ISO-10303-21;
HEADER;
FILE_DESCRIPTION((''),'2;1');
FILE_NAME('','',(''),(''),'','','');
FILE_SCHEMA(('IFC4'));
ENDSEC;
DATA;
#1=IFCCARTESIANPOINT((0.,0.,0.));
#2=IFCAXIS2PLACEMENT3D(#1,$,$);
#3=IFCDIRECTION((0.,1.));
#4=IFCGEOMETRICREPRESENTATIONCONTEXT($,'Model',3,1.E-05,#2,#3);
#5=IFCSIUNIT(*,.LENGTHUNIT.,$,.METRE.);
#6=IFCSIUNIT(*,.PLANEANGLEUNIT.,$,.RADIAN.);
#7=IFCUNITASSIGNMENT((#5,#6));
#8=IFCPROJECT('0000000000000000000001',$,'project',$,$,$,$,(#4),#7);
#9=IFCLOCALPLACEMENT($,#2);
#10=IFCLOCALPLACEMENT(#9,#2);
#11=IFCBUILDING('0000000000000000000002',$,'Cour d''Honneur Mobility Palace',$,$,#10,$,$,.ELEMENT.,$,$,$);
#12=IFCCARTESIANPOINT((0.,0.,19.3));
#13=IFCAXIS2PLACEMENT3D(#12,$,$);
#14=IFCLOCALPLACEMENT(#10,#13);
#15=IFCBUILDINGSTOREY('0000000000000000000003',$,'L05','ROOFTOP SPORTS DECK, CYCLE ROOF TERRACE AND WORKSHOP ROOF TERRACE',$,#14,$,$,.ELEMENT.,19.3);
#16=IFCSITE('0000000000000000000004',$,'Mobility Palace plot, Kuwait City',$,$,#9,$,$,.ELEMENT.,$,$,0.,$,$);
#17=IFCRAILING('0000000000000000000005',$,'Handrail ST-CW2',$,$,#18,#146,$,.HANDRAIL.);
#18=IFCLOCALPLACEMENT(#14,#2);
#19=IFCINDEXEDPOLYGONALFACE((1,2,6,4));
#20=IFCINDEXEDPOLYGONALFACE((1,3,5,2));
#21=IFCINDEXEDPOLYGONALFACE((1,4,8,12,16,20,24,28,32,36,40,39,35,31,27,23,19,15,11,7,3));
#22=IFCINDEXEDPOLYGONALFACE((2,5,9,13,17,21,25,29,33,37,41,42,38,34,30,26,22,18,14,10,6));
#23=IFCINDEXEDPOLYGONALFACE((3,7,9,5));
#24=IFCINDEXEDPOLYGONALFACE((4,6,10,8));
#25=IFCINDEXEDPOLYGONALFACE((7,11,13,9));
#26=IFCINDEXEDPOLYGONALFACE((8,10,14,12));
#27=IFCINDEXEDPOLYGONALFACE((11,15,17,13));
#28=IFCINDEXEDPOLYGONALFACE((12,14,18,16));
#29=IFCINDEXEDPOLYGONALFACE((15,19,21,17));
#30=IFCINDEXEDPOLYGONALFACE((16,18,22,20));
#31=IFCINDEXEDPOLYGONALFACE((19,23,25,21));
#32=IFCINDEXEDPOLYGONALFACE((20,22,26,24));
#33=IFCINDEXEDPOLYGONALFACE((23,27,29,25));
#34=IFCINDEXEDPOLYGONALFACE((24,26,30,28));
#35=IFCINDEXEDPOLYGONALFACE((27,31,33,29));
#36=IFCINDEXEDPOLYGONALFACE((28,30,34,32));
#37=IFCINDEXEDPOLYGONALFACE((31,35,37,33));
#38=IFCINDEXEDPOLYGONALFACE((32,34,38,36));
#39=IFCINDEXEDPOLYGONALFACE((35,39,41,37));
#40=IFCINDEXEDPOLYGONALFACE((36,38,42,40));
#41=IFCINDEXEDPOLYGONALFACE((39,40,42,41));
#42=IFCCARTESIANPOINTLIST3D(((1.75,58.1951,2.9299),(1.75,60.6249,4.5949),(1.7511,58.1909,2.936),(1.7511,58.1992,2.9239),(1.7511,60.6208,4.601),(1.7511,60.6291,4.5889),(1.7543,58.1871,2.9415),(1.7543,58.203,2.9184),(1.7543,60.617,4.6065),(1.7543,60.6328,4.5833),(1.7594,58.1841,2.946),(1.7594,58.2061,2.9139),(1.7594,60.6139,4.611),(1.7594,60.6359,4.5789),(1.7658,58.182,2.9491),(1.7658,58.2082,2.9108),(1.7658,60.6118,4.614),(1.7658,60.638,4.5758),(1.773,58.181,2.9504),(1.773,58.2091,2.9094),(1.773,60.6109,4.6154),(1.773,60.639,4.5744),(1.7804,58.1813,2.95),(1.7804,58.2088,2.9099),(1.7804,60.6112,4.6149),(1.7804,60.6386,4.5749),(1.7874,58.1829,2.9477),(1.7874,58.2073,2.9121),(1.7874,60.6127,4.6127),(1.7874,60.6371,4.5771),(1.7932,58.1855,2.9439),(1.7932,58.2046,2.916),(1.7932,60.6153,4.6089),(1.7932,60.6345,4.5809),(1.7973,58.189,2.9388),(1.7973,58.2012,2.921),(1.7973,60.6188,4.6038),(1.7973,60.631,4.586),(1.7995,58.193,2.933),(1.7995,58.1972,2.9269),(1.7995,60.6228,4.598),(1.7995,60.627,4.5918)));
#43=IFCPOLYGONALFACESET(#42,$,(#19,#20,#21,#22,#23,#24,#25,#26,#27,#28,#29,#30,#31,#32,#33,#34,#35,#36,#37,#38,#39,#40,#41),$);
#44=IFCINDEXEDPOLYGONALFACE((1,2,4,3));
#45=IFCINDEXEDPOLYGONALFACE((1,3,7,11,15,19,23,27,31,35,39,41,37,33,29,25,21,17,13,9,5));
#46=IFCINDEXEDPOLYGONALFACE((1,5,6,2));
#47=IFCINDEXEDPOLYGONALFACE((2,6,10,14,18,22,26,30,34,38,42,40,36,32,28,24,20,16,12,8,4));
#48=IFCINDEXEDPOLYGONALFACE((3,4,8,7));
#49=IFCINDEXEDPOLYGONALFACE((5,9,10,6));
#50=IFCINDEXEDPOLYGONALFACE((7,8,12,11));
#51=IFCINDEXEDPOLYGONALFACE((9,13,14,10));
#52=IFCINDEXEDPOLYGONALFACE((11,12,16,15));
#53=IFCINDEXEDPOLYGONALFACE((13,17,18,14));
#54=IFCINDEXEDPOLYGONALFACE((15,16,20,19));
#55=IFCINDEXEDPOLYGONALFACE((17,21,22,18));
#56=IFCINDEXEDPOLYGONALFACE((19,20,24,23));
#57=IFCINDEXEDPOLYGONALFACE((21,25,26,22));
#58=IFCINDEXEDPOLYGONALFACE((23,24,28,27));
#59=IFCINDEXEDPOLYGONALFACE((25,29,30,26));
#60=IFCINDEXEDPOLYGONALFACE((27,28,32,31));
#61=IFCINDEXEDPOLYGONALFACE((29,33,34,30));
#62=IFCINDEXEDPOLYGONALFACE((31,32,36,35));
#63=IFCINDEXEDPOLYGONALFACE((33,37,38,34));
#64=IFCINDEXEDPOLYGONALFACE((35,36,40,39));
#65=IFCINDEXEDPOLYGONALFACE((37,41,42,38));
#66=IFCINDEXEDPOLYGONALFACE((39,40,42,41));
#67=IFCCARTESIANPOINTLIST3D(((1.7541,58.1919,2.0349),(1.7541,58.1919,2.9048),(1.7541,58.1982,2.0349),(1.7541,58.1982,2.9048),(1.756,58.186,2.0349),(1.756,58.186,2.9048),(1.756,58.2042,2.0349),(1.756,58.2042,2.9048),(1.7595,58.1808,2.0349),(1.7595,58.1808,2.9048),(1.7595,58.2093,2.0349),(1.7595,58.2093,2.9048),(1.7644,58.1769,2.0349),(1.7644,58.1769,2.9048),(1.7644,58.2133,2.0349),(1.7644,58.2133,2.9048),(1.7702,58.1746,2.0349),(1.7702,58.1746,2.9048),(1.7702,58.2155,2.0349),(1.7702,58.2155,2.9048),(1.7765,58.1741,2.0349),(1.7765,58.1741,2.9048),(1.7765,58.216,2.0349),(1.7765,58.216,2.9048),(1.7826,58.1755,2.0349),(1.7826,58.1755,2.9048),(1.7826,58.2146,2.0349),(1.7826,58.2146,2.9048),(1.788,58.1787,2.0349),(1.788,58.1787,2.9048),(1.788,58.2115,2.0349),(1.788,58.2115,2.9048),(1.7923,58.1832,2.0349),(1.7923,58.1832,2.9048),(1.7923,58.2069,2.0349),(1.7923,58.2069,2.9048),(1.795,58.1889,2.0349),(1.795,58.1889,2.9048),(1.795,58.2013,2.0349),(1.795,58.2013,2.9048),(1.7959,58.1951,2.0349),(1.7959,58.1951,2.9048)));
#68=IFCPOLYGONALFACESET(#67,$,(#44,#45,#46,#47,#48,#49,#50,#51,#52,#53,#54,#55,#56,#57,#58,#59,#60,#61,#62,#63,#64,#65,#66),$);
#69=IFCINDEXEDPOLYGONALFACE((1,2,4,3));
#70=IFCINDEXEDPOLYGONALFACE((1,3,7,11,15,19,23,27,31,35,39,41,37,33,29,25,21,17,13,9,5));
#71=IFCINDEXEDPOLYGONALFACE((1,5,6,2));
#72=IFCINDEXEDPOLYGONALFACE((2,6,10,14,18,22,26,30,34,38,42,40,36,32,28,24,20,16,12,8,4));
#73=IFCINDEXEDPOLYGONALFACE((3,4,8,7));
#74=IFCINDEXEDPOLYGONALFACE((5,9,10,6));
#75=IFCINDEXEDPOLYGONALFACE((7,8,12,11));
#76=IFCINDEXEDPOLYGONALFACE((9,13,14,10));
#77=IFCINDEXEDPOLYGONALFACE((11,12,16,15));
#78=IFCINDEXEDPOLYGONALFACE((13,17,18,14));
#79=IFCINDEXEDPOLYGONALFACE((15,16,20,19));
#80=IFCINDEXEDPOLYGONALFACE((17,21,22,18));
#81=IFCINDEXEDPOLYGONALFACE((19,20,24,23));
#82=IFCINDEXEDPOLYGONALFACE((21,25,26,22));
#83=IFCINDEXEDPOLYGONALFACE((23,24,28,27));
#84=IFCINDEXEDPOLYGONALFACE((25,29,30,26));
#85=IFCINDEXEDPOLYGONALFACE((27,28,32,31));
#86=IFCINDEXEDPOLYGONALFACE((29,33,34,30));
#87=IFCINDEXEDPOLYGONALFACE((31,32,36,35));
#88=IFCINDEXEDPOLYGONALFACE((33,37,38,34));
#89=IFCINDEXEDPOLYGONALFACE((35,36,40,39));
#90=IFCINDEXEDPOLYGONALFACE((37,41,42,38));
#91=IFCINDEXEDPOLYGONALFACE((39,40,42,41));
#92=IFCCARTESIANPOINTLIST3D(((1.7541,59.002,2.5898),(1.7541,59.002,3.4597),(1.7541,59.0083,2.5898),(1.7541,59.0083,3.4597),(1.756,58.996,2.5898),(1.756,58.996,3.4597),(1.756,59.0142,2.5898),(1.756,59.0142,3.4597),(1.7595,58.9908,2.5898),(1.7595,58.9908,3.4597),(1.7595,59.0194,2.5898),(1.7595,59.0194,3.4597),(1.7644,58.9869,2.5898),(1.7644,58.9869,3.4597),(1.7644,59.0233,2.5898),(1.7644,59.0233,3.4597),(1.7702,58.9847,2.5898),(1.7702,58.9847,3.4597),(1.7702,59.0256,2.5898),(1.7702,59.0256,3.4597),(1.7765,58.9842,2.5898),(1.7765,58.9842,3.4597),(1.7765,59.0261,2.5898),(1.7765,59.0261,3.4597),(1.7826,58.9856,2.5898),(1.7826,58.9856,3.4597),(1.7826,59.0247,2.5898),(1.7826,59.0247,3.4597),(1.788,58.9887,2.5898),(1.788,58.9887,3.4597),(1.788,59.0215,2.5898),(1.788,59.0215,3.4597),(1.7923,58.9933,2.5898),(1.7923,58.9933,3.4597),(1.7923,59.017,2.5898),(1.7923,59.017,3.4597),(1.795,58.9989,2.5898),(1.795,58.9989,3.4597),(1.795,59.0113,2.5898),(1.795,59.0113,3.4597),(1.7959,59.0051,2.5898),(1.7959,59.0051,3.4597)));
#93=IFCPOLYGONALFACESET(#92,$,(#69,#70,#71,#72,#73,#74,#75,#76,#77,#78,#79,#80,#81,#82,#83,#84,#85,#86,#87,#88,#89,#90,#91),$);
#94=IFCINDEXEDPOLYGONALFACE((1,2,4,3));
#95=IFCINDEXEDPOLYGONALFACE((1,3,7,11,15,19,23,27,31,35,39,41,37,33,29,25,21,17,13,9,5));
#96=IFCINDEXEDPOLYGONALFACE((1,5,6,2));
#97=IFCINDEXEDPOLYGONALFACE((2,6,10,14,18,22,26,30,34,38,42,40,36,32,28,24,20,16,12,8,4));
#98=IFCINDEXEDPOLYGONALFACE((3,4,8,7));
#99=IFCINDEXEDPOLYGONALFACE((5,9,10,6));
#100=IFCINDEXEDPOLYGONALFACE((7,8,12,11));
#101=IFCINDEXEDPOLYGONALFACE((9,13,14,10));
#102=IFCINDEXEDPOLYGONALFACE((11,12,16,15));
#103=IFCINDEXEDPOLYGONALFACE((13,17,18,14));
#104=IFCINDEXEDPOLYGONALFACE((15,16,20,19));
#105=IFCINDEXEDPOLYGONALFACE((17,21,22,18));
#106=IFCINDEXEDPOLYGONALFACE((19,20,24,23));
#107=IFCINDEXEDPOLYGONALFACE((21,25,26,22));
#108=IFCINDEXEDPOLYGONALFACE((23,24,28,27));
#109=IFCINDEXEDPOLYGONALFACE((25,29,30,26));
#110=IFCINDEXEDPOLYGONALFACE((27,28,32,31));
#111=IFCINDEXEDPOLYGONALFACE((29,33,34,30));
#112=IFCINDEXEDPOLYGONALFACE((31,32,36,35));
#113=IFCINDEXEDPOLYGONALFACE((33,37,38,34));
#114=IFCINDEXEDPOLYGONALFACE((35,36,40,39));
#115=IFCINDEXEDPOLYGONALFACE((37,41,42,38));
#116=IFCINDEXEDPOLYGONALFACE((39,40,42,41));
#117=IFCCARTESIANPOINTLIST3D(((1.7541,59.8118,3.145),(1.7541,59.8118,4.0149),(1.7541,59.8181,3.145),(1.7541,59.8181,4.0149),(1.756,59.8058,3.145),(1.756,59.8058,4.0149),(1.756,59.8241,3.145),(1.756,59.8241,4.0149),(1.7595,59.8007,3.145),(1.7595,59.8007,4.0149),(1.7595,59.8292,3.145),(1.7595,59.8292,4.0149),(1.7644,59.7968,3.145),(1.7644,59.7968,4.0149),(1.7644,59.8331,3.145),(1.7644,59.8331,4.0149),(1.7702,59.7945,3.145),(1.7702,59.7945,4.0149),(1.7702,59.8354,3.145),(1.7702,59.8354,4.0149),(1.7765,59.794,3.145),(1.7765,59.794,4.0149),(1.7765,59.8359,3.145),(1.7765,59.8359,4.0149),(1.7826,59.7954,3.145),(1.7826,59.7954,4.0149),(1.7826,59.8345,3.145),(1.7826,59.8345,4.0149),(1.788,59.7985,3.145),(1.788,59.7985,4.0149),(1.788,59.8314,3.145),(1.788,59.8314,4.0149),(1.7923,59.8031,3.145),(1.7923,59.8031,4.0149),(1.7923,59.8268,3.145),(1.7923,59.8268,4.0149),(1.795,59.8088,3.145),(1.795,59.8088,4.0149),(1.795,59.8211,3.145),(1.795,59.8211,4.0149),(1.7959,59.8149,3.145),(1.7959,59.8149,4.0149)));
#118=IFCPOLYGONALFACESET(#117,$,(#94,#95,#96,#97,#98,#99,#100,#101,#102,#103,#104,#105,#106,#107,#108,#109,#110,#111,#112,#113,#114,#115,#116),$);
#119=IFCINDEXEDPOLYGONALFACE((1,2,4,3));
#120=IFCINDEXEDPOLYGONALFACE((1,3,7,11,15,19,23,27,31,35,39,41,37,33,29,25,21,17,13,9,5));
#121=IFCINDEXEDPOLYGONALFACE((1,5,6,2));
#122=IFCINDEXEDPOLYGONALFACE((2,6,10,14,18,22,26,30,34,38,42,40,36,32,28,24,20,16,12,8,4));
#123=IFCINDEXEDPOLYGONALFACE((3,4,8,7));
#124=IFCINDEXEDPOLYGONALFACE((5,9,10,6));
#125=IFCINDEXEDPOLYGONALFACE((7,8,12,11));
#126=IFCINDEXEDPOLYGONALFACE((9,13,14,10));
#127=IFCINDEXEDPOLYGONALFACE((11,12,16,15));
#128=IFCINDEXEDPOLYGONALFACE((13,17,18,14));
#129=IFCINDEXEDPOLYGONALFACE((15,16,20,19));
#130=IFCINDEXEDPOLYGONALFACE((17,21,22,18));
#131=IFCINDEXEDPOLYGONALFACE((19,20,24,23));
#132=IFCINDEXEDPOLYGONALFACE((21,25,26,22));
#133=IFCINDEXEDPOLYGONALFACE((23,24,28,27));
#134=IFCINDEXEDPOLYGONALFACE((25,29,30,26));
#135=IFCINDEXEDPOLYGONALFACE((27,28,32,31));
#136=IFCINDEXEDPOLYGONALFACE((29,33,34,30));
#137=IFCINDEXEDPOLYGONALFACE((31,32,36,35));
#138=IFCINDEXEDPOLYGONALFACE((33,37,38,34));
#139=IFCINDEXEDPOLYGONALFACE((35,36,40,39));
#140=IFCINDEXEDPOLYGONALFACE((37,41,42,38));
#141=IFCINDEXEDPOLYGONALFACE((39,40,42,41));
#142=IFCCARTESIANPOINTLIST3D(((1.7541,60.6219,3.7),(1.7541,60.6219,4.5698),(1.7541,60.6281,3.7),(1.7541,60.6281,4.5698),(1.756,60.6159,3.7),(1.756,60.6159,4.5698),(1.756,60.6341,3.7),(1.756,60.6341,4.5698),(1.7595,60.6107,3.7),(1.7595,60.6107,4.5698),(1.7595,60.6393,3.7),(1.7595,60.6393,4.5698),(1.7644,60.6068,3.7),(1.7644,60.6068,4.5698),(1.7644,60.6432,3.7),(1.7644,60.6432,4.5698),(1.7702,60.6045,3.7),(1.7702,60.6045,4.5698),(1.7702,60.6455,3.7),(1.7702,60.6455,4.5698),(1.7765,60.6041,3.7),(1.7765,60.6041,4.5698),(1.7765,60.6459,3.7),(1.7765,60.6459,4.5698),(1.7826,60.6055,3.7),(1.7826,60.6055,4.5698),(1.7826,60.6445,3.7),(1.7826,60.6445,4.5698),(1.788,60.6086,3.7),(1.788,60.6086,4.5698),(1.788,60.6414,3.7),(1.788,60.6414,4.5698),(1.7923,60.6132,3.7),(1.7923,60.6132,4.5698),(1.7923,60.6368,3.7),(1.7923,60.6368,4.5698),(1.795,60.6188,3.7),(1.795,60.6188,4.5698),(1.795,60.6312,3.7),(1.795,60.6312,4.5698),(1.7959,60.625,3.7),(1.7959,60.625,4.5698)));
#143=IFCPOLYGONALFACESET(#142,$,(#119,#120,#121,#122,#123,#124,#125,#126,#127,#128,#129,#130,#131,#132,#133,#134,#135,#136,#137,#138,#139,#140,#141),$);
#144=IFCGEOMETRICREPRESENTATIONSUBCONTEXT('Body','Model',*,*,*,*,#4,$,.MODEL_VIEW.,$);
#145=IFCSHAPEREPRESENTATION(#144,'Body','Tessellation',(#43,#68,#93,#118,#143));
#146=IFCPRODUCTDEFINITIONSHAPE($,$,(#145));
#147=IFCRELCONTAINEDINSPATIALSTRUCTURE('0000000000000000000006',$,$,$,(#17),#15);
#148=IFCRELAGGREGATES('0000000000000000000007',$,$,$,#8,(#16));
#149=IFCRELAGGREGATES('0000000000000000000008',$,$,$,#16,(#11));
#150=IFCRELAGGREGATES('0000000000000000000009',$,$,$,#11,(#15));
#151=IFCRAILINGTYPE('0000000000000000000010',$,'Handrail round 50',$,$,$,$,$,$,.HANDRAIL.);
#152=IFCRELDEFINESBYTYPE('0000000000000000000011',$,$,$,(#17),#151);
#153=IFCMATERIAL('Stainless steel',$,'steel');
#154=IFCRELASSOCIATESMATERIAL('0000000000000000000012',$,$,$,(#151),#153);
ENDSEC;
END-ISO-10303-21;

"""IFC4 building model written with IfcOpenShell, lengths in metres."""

from ifc_helpers import new_model, si_unit, direction, frame, origin, origin_2d, place, context, subcontext, project, spatial, circle, extrude, material, type_object, element, save


model = new_model("IFC4")

# Units and contexts
model_context = context("Model", 3, precision=1e-05, world=origin(), true_north=direction((0.0, 1.0)))
body_context = subcontext(model_context, "Body", "Model", "MODEL_VIEW")
ifc_project = project(units=[si_unit("LENGTHUNIT", "METRE"), si_unit("PLANEANGLEUNIT", "RADIAN")], contexts=[model_context])

# Site, building, storey
site_placement = place(None, origin())
site = spatial("IfcSite", under=ifc_project, at=site_placement, Name="Mobility Palace plot, Kuwait City", CompositionType="ELEMENT", RefElevation=0.0)
building_placement = place(site_placement, origin())
building = spatial("IfcBuilding", under=site, at=building_placement, Name="Cour d'Honneur Mobility Palace", CompositionType="ELEMENT")
storey_placement = place(building_placement, frame((0.0, 0.0, 19.3)))
storey = spatial("IfcBuildingStorey", under=building, at=storey_placement, Name="L05", Description="ROOFTOP SPORTS DECK, CYCLE ROOF TERRACE AND WORKSHOP ROOF TERRACE", CompositionType="ELEMENT", Elevation=19.3)

# Railing
ifc_material_1 = material(Name="Stainless steel", Category="steel")
railing_type_1 = type_object("IfcRailingType", Name="Handrail round 50", PredefinedType="HANDRAIL", material=ifc_material_1)
for number, where, name in (
    (1, (1.7749, 58.1951, 2.0349), "Handrail ST-CW2"),
):
    element("IfcRailing", number, at=place(storey_placement, frame(where)), inside=storey, type_object=railing_type_1, Name=name, PredefinedType="HANDRAIL", context=body_context, shape_type="SweptSolid", body=[
        extrude(circle(Radius=0.0249, at=origin_2d()), frame((0.0, 0.0, 0.895), z_axis=(0.0, 0.824919, 0.565251), x_axis=(-1.0, 0.0, 0.0)), (0.0, 0.0, 1.0), 2.9456),
        extrude(circle(Radius=0.021, at=origin_2d()), origin(), (0.0, 0.0, 1.0), 0.8699),
        extrude(circle(Radius=0.021, at=origin_2d()), frame((0.0, 0.8101, 0.5549)), (0.0, 0.0, 1.0), 0.8699),
        extrude(circle(Radius=0.021, at=origin_2d()), frame((0.0, 1.6199, 1.1101)), (0.0, 0.0, 1.0), 0.8699),
        extrude(circle(Radius=0.021, at=origin_2d()), frame((0.0, 2.4299, 1.665)), (0.0, 0.0, 1.0), 0.8699),
    ])

save(model, "model.ifc")
